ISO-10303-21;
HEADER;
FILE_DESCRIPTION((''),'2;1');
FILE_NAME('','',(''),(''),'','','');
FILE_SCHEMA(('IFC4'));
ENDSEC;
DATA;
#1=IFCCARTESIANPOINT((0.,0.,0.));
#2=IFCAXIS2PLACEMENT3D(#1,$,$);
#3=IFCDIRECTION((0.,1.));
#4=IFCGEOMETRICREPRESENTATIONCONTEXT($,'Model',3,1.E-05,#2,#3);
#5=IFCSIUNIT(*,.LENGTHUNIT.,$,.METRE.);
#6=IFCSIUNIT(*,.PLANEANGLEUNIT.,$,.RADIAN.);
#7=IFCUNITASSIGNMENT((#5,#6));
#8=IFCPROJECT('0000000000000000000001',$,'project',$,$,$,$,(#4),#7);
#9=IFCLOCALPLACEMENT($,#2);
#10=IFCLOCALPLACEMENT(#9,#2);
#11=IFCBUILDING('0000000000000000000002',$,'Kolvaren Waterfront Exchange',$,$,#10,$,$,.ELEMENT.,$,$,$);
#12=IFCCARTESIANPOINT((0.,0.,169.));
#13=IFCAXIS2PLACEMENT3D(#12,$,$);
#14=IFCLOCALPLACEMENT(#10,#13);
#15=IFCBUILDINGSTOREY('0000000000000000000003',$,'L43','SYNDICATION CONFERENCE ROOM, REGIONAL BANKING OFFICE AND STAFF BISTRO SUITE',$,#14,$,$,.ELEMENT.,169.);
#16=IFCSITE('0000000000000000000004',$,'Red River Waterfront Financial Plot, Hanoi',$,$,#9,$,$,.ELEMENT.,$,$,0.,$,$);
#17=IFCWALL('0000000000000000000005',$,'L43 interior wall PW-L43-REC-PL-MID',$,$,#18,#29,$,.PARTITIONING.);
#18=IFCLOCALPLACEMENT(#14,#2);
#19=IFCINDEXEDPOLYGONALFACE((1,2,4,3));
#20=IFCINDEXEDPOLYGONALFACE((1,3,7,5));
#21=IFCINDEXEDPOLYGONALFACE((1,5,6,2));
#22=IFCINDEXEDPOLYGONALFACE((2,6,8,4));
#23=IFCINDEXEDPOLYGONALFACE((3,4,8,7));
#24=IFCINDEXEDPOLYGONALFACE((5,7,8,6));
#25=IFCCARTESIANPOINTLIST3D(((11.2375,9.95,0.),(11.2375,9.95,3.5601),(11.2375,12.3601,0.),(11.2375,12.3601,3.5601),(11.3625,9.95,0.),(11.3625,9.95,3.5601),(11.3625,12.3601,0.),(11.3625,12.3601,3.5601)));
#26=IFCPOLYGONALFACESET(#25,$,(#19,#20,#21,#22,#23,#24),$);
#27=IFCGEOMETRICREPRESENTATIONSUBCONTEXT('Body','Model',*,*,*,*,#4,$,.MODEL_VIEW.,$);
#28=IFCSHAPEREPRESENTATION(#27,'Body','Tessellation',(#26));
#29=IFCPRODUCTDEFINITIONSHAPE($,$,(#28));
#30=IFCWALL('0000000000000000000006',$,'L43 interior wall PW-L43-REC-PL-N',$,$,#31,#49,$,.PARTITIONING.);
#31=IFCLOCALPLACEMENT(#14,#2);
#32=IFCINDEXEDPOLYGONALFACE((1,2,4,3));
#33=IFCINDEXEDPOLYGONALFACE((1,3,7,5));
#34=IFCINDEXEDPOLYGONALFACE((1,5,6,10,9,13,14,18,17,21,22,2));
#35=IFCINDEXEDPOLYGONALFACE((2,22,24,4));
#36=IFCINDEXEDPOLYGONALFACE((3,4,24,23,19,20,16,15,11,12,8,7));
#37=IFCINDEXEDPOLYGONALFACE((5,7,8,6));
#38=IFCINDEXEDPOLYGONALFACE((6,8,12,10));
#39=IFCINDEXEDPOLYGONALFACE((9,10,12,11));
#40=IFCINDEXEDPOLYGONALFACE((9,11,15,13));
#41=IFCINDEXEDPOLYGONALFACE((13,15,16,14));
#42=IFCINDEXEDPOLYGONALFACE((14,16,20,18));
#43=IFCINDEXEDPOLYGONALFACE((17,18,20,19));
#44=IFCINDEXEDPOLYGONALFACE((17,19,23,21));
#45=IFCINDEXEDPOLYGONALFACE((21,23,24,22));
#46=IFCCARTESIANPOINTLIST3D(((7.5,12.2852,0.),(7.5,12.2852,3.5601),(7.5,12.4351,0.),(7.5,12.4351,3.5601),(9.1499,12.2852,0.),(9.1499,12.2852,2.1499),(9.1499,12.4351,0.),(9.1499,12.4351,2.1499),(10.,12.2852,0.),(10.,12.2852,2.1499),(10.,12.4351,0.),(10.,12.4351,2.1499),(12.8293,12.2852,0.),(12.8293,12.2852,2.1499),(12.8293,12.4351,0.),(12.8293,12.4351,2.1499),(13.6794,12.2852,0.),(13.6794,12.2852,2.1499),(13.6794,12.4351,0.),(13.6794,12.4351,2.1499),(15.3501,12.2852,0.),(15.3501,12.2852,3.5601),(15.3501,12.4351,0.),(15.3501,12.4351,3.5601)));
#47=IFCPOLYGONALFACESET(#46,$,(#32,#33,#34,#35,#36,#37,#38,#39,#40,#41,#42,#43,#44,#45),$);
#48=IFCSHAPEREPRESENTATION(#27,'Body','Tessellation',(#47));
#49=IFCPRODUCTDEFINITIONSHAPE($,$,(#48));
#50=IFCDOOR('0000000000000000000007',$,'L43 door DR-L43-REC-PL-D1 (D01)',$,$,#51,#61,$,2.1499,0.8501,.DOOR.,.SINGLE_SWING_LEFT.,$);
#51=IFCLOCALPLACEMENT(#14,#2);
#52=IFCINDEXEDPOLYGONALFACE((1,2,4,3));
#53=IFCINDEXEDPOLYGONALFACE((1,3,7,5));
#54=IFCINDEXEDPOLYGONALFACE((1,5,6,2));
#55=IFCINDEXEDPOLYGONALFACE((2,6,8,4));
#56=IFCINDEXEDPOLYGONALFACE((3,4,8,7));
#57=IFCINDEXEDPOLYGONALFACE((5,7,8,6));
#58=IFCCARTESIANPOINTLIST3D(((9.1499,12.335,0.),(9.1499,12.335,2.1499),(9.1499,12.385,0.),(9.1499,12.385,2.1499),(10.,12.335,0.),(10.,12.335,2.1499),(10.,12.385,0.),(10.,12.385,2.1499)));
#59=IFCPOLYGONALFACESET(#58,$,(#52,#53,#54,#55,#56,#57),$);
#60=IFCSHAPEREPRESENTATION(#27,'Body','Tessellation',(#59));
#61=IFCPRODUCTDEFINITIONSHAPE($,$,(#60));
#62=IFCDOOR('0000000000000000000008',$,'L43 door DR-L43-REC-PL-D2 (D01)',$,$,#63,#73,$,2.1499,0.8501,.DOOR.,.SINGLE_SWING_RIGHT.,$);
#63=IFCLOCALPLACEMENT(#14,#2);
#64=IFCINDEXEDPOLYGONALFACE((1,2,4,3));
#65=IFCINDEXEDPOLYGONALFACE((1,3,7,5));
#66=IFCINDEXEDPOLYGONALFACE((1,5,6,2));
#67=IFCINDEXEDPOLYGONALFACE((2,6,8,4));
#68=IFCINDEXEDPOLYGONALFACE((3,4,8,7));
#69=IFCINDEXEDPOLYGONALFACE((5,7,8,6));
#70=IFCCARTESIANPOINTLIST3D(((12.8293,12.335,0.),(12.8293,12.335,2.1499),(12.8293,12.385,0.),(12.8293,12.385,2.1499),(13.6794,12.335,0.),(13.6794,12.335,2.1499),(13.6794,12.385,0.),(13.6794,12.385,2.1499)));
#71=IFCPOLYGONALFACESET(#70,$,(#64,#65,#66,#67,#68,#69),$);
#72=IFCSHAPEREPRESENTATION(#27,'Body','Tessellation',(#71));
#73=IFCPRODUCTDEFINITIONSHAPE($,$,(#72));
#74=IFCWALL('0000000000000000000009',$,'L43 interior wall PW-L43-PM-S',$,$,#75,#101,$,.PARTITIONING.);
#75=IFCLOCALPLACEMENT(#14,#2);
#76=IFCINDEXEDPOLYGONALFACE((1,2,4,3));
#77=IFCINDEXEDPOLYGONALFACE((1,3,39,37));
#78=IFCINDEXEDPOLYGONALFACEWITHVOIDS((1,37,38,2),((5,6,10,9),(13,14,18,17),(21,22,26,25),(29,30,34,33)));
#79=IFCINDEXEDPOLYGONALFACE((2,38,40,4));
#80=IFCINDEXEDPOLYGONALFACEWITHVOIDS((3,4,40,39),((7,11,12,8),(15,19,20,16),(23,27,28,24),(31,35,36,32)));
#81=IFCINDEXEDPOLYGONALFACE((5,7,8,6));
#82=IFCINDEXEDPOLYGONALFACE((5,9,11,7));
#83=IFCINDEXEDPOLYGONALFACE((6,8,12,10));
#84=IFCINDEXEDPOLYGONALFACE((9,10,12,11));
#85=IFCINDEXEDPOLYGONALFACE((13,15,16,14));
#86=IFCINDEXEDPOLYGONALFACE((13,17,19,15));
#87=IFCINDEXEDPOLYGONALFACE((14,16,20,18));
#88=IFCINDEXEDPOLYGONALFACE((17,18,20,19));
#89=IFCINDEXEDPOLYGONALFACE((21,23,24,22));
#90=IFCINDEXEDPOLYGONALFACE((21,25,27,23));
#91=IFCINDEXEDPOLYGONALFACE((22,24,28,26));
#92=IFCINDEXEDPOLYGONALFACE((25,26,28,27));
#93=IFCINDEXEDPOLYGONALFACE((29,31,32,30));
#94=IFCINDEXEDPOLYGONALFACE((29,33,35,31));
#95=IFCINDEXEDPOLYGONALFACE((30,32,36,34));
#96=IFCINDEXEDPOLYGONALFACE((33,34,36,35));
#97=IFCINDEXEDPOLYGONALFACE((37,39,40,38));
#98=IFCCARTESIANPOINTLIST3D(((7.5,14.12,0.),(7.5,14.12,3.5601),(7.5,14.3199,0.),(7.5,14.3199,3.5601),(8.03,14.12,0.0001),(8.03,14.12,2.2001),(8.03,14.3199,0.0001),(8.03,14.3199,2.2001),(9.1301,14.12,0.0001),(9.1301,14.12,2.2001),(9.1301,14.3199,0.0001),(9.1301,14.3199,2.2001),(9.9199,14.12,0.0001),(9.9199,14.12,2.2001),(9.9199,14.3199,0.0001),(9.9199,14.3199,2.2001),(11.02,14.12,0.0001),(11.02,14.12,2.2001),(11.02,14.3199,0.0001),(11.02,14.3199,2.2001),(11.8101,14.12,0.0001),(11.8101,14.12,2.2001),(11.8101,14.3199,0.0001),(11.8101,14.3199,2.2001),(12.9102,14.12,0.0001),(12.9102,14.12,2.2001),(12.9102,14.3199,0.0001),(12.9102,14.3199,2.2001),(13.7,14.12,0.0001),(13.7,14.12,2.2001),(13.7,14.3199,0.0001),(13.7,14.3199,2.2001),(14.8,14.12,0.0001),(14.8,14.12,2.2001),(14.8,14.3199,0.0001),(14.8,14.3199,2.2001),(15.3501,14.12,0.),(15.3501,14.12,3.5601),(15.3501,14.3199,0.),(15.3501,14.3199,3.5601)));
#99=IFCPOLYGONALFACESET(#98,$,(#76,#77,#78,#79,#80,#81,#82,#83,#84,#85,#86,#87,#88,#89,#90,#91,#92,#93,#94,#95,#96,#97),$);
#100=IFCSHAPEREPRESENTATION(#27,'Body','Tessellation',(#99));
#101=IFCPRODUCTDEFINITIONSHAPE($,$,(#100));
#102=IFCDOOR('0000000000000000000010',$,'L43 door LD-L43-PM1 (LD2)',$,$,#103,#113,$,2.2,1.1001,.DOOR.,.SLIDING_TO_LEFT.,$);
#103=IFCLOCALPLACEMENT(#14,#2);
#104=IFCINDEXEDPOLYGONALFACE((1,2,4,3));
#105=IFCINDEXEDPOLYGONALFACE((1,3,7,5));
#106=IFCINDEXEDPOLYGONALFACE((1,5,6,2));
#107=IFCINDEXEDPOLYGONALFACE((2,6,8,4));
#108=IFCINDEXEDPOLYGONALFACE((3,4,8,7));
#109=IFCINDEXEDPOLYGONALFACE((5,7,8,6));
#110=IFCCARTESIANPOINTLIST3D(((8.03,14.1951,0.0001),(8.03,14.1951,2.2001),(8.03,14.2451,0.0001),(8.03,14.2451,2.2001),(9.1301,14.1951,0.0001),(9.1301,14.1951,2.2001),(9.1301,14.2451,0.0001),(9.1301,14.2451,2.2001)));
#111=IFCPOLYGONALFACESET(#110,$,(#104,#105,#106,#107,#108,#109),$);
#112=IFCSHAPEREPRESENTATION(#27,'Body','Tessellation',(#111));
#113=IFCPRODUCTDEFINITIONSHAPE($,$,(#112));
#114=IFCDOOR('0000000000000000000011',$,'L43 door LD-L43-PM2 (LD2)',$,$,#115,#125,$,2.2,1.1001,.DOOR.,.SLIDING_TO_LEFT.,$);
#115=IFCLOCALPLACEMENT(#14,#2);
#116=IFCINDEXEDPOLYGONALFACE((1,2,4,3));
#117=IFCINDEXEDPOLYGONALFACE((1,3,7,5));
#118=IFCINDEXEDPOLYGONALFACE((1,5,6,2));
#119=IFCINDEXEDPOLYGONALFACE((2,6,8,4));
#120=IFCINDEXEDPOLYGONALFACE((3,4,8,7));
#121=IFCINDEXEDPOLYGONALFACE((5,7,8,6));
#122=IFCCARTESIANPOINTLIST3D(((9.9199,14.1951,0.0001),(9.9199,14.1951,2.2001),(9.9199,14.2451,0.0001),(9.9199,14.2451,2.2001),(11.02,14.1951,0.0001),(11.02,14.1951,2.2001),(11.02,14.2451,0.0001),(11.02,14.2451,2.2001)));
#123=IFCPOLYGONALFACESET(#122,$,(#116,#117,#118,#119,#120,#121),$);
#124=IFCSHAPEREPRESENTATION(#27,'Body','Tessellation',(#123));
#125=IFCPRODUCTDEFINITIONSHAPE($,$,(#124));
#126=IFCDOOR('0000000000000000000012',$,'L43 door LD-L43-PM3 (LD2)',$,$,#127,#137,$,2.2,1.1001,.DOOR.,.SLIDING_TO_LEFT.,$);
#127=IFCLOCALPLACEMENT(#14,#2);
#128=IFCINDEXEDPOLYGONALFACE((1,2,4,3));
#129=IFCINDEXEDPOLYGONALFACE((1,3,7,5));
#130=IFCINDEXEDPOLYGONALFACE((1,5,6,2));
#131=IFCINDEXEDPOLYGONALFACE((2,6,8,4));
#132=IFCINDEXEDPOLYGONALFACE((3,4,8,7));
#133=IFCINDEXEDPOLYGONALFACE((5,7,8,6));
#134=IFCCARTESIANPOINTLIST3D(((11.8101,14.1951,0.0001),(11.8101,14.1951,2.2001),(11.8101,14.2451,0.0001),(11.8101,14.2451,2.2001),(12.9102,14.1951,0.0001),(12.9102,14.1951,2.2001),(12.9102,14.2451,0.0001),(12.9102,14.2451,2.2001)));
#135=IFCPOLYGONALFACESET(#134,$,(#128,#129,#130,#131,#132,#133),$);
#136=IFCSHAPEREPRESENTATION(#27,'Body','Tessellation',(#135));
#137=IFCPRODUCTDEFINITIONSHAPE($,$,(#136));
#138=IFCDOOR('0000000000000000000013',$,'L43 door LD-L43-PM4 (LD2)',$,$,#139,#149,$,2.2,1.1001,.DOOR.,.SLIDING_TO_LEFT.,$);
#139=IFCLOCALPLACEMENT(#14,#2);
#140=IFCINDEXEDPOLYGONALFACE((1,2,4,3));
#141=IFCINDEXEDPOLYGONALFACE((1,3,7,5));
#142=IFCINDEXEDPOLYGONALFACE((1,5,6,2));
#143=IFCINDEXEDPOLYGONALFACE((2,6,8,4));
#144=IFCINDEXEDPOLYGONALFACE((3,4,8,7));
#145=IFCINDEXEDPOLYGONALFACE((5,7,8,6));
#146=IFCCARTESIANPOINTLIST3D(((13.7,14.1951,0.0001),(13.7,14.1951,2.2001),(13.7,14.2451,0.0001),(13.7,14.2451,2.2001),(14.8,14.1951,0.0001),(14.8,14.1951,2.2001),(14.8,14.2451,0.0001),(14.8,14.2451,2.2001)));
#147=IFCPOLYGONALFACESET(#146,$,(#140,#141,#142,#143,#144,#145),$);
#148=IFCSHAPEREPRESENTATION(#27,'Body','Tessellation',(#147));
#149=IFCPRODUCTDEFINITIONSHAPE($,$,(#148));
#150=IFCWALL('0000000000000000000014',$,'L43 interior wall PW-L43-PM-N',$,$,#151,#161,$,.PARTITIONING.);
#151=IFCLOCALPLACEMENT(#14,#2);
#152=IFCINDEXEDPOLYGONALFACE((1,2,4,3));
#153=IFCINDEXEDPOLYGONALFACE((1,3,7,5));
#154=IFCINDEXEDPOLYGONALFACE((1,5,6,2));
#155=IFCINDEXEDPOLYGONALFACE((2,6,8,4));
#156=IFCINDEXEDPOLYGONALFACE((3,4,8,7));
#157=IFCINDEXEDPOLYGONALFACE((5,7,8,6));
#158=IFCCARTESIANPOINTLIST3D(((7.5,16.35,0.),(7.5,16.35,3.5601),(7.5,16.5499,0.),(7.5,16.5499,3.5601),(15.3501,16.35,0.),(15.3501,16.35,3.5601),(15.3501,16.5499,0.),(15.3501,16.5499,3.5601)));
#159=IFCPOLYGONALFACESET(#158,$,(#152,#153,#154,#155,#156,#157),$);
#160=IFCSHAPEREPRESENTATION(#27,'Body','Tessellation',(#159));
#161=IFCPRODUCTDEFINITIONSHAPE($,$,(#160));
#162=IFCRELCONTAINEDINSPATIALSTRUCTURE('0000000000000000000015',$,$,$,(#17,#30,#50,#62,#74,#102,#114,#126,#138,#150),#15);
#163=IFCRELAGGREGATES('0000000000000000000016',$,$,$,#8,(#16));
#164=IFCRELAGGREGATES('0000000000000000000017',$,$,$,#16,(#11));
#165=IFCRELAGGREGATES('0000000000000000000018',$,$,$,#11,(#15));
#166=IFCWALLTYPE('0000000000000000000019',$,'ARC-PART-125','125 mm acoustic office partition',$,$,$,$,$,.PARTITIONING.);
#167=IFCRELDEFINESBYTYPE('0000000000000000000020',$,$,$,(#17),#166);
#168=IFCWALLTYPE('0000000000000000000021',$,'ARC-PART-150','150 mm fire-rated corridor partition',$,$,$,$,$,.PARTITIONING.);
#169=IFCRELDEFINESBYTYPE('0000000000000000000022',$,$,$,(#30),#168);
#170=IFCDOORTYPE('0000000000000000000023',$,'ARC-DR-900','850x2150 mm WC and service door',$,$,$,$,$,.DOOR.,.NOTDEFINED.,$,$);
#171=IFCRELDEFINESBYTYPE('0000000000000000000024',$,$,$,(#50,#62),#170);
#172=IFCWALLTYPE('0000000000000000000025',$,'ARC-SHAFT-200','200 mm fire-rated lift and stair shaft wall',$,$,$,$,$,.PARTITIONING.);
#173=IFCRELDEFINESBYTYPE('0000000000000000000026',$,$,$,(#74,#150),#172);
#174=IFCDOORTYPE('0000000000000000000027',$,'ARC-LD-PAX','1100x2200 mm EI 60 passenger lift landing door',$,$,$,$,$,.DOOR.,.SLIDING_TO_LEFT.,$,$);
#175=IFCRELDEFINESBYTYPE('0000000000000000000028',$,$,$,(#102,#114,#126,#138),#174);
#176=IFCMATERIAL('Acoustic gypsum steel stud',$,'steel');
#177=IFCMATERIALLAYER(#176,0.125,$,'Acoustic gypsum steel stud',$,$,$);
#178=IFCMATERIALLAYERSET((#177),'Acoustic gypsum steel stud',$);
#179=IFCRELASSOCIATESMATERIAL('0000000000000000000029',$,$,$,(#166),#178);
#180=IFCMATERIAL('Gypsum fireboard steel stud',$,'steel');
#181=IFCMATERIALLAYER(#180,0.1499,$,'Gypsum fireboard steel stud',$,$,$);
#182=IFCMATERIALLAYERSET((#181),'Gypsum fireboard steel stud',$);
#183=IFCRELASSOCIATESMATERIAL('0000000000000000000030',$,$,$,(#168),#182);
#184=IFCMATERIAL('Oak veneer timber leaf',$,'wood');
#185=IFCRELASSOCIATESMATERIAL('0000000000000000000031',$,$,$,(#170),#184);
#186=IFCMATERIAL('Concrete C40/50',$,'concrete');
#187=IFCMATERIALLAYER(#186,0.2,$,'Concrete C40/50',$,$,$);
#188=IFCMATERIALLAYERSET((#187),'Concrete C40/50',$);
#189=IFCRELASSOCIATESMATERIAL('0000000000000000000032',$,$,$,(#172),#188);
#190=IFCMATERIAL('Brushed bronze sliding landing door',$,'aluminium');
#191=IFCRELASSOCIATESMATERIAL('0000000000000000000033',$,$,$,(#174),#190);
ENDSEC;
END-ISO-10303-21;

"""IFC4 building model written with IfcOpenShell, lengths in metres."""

from ifc_helpers import new_model, si_unit, direction, frame, frame_2d, origin, place, context, subcontext, project, spatial, rectangle, extrude, material, layer, layer_set, type_object, element, fill, save


model = new_model("IFC4")

# Units and contexts
model_context = context("Model", 3, precision=1e-05, world=origin(), true_north=direction((0.0, 1.0)))
body_context = subcontext(model_context, "Body", "Model", "MODEL_VIEW")
ifc_project = project(units=[si_unit("LENGTHUNIT", "METRE"), si_unit("PLANEANGLEUNIT", "RADIAN")], contexts=[model_context])

# Site, building, storey
site_placement = place(None, origin())
site = spatial("IfcSite", under=ifc_project, at=site_placement, Name="Red River Waterfront Financial Plot, Hanoi", CompositionType="ELEMENT", RefElevation=0.0)
building_placement = place(site_placement, origin())
building = spatial("IfcBuilding", under=site, at=building_placement, Name="Kolvaren Waterfront Exchange", CompositionType="ELEMENT")
storey_placement = place(building_placement, frame((0.0, 0.0, 169.0)))
storey = spatial("IfcBuildingStorey", under=building, at=storey_placement, Name="L43", Description="SYNDICATION CONFERENCE ROOM, REGIONAL BANKING OFFICE AND STAFF BISTRO SUITE", CompositionType="ELEMENT", Elevation=169.0)

# Wall
ifc_material_1 = material(Name="Acoustic gypsum steel stud", Category="steel")
ifc_layer_1 = layer(ifc_material_1, 0.125, Name="Acoustic gypsum steel stud")
ifc_layer_set_1 = layer_set([ifc_layer_1], Name="Acoustic gypsum steel stud")
wall_type_1 = type_object("IfcWallType", Name="ARC-PART-125", Description="125 mm acoustic office partition", PredefinedType="PARTITIONING", material=ifc_layer_set_1)
wall_1_placement = place(storey_placement, frame((11.3, 9.95, 0.0), z_axis=(0.0, 0.0, 1.0), x_axis=(0.0, 1.0, 0.0)))
element("IfcWall", 1, at=wall_1_placement, inside=storey, type_object=wall_type_1, Name="L43 interior wall PW-L43-REC-PL-MID", PredefinedType="PARTITIONING", context=body_context, shape_type="SweptSolid", body=[
    extrude(rectangle(XDim=2.4102, YDim=0.125, at=frame_2d((1.2051, 0.0))), origin(), (0.0, 0.0, 1.0), 3.5601),
])

# Walls, openings, doors
ifc_material_2 = material(Name="Gypsum fireboard steel stud", Category="steel")
ifc_layer_2 = layer(ifc_material_2, 0.1499, Name="Gypsum fireboard steel stud")
ifc_layer_set_2 = layer_set([ifc_layer_2], Name="Gypsum fireboard steel stud")
wall_type_2 = type_object("IfcWallType", Name="ARC-PART-150", Description="150 mm fire-rated corridor partition", PredefinedType="PARTITIONING", material=ifc_layer_set_2)
wall_2_placement = place(storey_placement, frame((7.5, 12.3601, 0.0), z_axis=(0.0, 0.0, 1.0), x_axis=(1.0, 0.0, 0.0)))
wall_2 = element("IfcWall", 2, at=wall_2_placement, inside=storey, type_object=wall_type_2, Name="L43 interior wall PW-L43-REC-PL-N", PredefinedType="PARTITIONING", context=body_context, shape_type="SweptSolid", body=[
    extrude(rectangle(XDim=7.8501, YDim=0.1499, at=frame_2d((3.925, 0.0))), origin(), (0.0, 0.0, 1.0), 3.5601),
])
opening_1_placement = place(wall_2_placement, frame((1.6499, 0.0, 0.0)))
opening_1 = element("IfcOpeningElement", 3, at=opening_1_placement, cuts=wall_2, PredefinedType="OPENING", context=body_context, shape_type="SweptSolid", body=[
    extrude(rectangle(XDim=0.8501, YDim=2.1499, at=frame_2d((0.425, 1.075))), frame((0.0, 0.085, 0.0), z_axis=(0.0, -1.0, 0.0), x_axis=(1.0, 0.0, 0.0)), (0.0, 0.0, 1.0), 0.1699),
])
opening_2_placement = place(wall_2_placement, frame((5.3293, 0.0, 0.0)))
opening_2 = element("IfcOpeningElement", 4, at=opening_2_placement, cuts=wall_2, PredefinedType="OPENING", context=body_context, shape_type="SweptSolid", body=[
    extrude(rectangle(XDim=0.8501, YDim=2.1499, at=frame_2d((0.425, 1.075))), frame((0.0, 0.085, 0.0), z_axis=(0.0, -1.0, 0.0), x_axis=(1.0, 0.0, 0.0)), (0.0, 0.0, 1.0), 0.1699),
])
ifc_material_3 = material(Name="Oak veneer timber leaf", Category="wood")
door_type_1 = type_object("IfcDoorType", Name="ARC-DR-900", Description="850x2150 mm WC and service door", OperationType="NOTDEFINED", PredefinedType="DOOR", material=ifc_material_3)
door_1_placement = place(opening_1_placement, origin())
door_1 = element("IfcDoor", 5, at=door_1_placement, inside=storey, type_object=door_type_1, Name="L43 door DR-L43-REC-PL-D1 (D01)", OperationType="SINGLE_SWING_LEFT", OverallHeight=2.1499, OverallWidth=0.8501, PredefinedType="DOOR", context=body_context, shape_type="SweptSolid", body=[
    extrude(rectangle(XDim=0.8501, YDim=2.1499, at=frame_2d((0.425, 1.075))), frame((0.0, 0.0249, 0.0), z_axis=(0.0, -1.0, 0.0), x_axis=(1.0, 0.0, 0.0)), (0.0, 0.0, 1.0), 0.05),
])
fill(opening_1, door_1)
door_2_placement = place(opening_2_placement, origin())
door_2 = element("IfcDoor", 6, at=door_2_placement, inside=storey, type_object=door_type_1, Name="L43 door DR-L43-REC-PL-D2 (D01)", OperationType="SINGLE_SWING_RIGHT", OverallHeight=2.1499, OverallWidth=0.8501, PredefinedType="DOOR", context=body_context, shape_type="SweptSolid", body=[
    extrude(rectangle(XDim=0.8501, YDim=2.1499, at=frame_2d((0.425, 1.075))), frame((0.0, 0.0249, 0.0), z_axis=(0.0, -1.0, 0.0), x_axis=(1.0, 0.0, 0.0)), (0.0, 0.0, 1.0), 0.05),
])
fill(opening_2, door_2)
ifc_material_4 = material(Name="Concrete C40/50", Category="concrete")
ifc_layer_3 = layer(ifc_material_4, 0.2, Name="Concrete C40/50")
ifc_layer_set_3 = layer_set([ifc_layer_3], Name="Concrete C40/50")
wall_type_3 = type_object("IfcWallType", Name="ARC-SHAFT-200", Description="200 mm fire-rated lift and stair shaft wall", PredefinedType="PARTITIONING", material=ifc_layer_set_3)
wall_3_placement = place(storey_placement, frame((7.5, 14.22, 0.0), z_axis=(0.0, 0.0, 1.0), x_axis=(1.0, 0.0, 0.0)))
wall_3 = element("IfcWall", 7, at=wall_3_placement, inside=storey, type_object=wall_type_3, Name="L43 interior wall PW-L43-PM-S", PredefinedType="PARTITIONING", context=body_context, shape_type="SweptSolid", body=[
    extrude(rectangle(XDim=7.8501, YDim=0.2, at=frame_2d((3.925, 0.0))), origin(), (0.0, 0.0, 1.0), 3.5601),
])
opening_3_placement = place(wall_3_placement, frame((0.53, 0.0, 0.0)))
opening_3 = element("IfcOpeningElement", 8, at=opening_3_placement, cuts=wall_3, PredefinedType="OPENING", context=body_context, shape_type="SweptSolid", body=[
    extrude(rectangle(XDim=1.1001, YDim=2.2, at=frame_2d((0.55, 1.1001))), frame((0.0, 0.1099, 0.0), z_axis=(0.0, -1.0, 0.0), x_axis=(1.0, 0.0, 0.0)), (0.0, 0.0, 1.0), 0.22),
])
opening_4_placement = place(wall_3_placement, frame((2.4199, 0.0, 0.0)))
opening_4 = element("IfcOpeningElement", 9, at=opening_4_placement, cuts=wall_3, PredefinedType="OPENING", context=body_context, shape_type="SweptSolid", body=[
    extrude(rectangle(XDim=1.1001, YDim=2.2, at=frame_2d((0.55, 1.1001))), frame((0.0, 0.1099, 0.0), z_axis=(0.0, -1.0, 0.0), x_axis=(1.0, 0.0, 0.0)), (0.0, 0.0, 1.0), 0.22),
])
opening_5_placement = place(wall_3_placement, frame((4.3101, 0.0, 0.0)))
opening_5 = element("IfcOpeningElement", 10, at=opening_5_placement, cuts=wall_3, PredefinedType="OPENING", context=body_context, shape_type="SweptSolid", body=[
    extrude(rectangle(XDim=1.1001, YDim=2.2, at=frame_2d((0.55, 1.1001))), frame((0.0, 0.1099, 0.0), z_axis=(0.0, -1.0, 0.0), x_axis=(1.0, 0.0, 0.0)), (0.0, 0.0, 1.0), 0.22),
])
opening_6_placement = place(wall_3_placement, frame((6.2, 0.0, 0.0)))
opening_6 = element("IfcOpeningElement", 11, at=opening_6_placement, cuts=wall_3, PredefinedType="OPENING", context=body_context, shape_type="SweptSolid", body=[
    extrude(rectangle(XDim=1.1001, YDim=2.2, at=frame_2d((0.55, 1.1001))), frame((0.0, 0.1099, 0.0), z_axis=(0.0, -1.0, 0.0), x_axis=(1.0, 0.0, 0.0)), (0.0, 0.0, 1.0), 0.22),
])
ifc_material_5 = material(Name="Brushed bronze sliding landing door", Category="aluminium")
door_type_2 = type_object("IfcDoorType", Name="ARC-LD-PAX", Description="1100x2200 mm EI 60 passenger lift landing door", OperationType="SLIDING_TO_LEFT", PredefinedType="DOOR", material=ifc_material_5)
door_3_placement = place(opening_3_placement, frame((1.1001, 0.0, 0.0), z_axis=(0.0, 0.0, 1.0), x_axis=(-1.0, 0.0, 0.0)))
door_3 = element("IfcDoor", 12, at=door_3_placement, inside=storey, type_object=door_type_2, Name="L43 door LD-L43-PM1 (LD2)", OperationType="SLIDING_TO_LEFT", OverallHeight=2.2, OverallWidth=1.1001, PredefinedType="DOOR", context=body_context, shape_type="SweptSolid", body=[
    extrude(rectangle(XDim=1.1001, YDim=2.2, at=frame_2d((0.55, 1.1001))), frame((0.0, 0.0249, 0.0), z_axis=(0.0, -1.0, 0.0), x_axis=(1.0, 0.0, 0.0)), (0.0, 0.0, 1.0), 0.05),
])
fill(opening_3, door_3)
door_4_placement = place(opening_4_placement, frame((1.1001, 0.0, 0.0), z_axis=(0.0, 0.0, 1.0), x_axis=(-1.0, 0.0, 0.0)))
door_4 = element("IfcDoor", 13, at=door_4_placement, inside=storey, type_object=door_type_2, Name="L43 door LD-L43-PM2 (LD2)", OperationType="SLIDING_TO_LEFT", OverallHeight=2.2, OverallWidth=1.1001, PredefinedType="DOOR", context=body_context, shape_type="SweptSolid", body=[
    extrude(rectangle(XDim=1.1001, YDim=2.2, at=frame_2d((0.55, 1.1001))), frame((0.0, 0.0249, 0.0), z_axis=(0.0, -1.0, 0.0), x_axis=(1.0, 0.0, 0.0)), (0.0, 0.0, 1.0), 0.05),
])
fill(opening_4, door_4)
door_5_placement = place(opening_5_placement, frame((1.1001, 0.0, 0.0), z_axis=(0.0, 0.0, 1.0), x_axis=(-1.0, 0.0, 0.0)))
door_5 = element("IfcDoor", 14, at=door_5_placement, inside=storey, type_object=door_type_2, Name="L43 door LD-L43-PM3 (LD2)", OperationType="SLIDING_TO_LEFT", OverallHeight=2.2, OverallWidth=1.1001, PredefinedType="DOOR", context=body_context, shape_type="SweptSolid", body=[
    extrude(rectangle(XDim=1.1001, YDim=2.2, at=frame_2d((0.55, 1.1001))), frame((0.0, 0.0249, 0.0), z_axis=(0.0, -1.0, 0.0), x_axis=(1.0, 0.0, 0.0)), (0.0, 0.0, 1.0), 0.05),
])
fill(opening_5, door_5)
door_6_placement = place(opening_6_placement, frame((1.1001, 0.0, 0.0), z_axis=(0.0, 0.0, 1.0), x_axis=(-1.0, 0.0, 0.0)))
door_6 = element("IfcDoor", 15, at=door_6_placement, inside=storey, type_object=door_type_2, Name="L43 door LD-L43-PM4 (LD2)", OperationType="SLIDING_TO_LEFT", OverallHeight=2.2, OverallWidth=1.1001, PredefinedType="DOOR", context=body_context, shape_type="SweptSolid", body=[
    extrude(rectangle(XDim=1.1001, YDim=2.2, at=frame_2d((0.55, 1.1001))), frame((0.0, 0.0249, 0.0), z_axis=(0.0, -1.0, 0.0), x_axis=(1.0, 0.0, 0.0)), (0.0, 0.0, 1.0), 0.05),
])
fill(opening_6, door_6)

# Wall
wall_4_placement = place(storey_placement, frame((7.5, 16.45, 0.0), z_axis=(0.0, 0.0, 1.0), x_axis=(1.0, 0.0, 0.0)))
element("IfcWall", 16, at=wall_4_placement, inside=storey, type_object=wall_type_3, Name="L43 interior wall PW-L43-PM-N", PredefinedType="PARTITIONING", context=body_context, shape_type="SweptSolid", body=[
    extrude(rectangle(XDim=7.8501, YDim=0.2, at=frame_2d((3.925, 0.0))), origin(), (0.0, 0.0, 1.0), 3.5601),
])

save(model, "model.ifc")
